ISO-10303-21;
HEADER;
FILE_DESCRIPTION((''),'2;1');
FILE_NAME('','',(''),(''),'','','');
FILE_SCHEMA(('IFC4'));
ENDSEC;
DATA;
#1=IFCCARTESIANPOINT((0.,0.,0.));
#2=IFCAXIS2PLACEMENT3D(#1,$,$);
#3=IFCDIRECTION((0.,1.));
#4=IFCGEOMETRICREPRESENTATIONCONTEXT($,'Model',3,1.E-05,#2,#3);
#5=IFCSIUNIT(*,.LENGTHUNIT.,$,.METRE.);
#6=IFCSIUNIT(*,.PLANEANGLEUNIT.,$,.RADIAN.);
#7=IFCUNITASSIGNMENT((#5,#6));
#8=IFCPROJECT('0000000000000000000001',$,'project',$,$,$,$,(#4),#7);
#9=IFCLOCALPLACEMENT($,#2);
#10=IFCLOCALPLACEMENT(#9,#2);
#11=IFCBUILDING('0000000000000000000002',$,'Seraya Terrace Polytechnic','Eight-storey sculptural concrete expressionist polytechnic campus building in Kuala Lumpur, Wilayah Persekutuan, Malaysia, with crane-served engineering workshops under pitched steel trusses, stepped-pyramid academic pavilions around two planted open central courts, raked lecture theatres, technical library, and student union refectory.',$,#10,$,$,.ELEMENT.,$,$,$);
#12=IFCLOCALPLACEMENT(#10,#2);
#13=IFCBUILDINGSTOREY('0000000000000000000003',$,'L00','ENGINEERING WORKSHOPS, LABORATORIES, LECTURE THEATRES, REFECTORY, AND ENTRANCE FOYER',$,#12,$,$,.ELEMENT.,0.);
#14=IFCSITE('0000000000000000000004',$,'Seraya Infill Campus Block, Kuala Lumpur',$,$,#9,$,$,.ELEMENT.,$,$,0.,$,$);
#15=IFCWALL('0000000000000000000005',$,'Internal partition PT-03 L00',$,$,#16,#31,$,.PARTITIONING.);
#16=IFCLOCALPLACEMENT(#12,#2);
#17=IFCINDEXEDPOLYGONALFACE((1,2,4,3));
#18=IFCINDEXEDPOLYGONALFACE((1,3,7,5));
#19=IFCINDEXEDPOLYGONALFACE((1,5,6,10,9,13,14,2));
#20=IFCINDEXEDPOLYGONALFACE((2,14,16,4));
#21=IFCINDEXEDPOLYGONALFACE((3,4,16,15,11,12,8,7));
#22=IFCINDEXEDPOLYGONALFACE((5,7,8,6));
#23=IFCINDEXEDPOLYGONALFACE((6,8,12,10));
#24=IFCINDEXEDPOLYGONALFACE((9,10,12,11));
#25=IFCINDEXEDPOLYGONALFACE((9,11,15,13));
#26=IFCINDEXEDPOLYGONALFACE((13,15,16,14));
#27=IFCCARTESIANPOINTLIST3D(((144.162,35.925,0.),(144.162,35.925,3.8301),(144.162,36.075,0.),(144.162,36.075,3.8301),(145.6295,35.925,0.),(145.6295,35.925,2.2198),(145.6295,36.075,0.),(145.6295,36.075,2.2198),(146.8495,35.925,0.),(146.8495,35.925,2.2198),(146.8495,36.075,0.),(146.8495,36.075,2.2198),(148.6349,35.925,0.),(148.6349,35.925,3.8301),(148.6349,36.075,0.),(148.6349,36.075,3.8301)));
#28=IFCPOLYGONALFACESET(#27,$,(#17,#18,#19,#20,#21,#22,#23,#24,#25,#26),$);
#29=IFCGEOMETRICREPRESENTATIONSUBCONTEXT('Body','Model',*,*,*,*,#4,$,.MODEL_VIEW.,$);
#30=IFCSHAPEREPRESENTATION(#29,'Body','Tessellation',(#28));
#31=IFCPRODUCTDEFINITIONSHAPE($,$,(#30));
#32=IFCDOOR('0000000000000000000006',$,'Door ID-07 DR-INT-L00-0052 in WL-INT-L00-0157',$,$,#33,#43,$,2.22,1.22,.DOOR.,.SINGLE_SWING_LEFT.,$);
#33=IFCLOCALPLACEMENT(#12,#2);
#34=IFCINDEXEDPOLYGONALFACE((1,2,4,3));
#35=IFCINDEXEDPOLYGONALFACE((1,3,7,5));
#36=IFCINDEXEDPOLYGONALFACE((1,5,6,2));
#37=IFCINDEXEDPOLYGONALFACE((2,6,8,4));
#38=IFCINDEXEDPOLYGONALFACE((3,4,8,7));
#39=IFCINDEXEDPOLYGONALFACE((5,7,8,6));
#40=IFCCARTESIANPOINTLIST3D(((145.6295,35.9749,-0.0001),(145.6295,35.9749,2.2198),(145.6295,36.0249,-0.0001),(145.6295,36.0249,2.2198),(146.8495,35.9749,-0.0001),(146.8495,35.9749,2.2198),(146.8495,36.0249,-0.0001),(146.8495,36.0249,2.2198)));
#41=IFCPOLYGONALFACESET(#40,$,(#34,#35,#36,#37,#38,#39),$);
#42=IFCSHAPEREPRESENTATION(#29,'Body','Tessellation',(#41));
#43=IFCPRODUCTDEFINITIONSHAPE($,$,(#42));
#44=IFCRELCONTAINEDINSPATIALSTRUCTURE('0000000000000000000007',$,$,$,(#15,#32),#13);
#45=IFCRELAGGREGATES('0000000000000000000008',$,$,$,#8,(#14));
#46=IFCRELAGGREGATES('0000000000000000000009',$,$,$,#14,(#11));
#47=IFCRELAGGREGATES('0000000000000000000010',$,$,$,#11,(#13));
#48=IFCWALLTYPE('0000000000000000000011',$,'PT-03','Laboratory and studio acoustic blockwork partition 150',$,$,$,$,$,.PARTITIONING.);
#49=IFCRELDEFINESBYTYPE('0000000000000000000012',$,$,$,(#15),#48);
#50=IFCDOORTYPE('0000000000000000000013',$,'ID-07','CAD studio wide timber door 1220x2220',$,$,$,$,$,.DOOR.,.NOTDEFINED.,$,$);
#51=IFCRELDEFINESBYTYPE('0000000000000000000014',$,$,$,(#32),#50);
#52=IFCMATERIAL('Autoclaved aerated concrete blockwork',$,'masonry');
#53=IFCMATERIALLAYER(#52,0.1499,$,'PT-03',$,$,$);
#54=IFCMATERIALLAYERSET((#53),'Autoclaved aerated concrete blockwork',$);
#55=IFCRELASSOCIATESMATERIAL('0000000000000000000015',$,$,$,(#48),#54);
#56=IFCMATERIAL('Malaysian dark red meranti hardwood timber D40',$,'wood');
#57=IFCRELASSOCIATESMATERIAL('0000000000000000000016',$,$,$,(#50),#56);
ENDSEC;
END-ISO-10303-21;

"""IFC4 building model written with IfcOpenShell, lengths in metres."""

from ifc_helpers import new_model, si_unit, direction, frame, frame_2d, origin, place, context, subcontext, project, spatial, rectangle, extrude, material, layer, layer_set, type_object, element, fill, save


model = new_model("IFC4")

# Units and contexts
model_context = context("Model", 3, precision=1e-05, world=origin(), true_north=direction((0.0, 1.0)))
body_context = subcontext(model_context, "Body", "Model", "MODEL_VIEW")
ifc_project = project(units=[si_unit("LENGTHUNIT", "METRE"), si_unit("PLANEANGLEUNIT", "RADIAN")], contexts=[model_context])

# Site, building, storey
site_placement = place(None, origin())
site = spatial("IfcSite", under=ifc_project, at=site_placement, Name="Seraya Infill Campus Block, Kuala Lumpur", CompositionType="ELEMENT", RefElevation=0.0)
building_placement = place(site_placement, origin())
building = spatial("IfcBuilding", under=site, at=building_placement, Name="Seraya Terrace Polytechnic", Description="Eight-storey sculptural concrete expressionist polytechnic campus building in Kuala Lumpur, Wilayah Persekutuan, Malaysia, with crane-served engineering workshops under pitched steel trusses, stepped-pyramid academic pavilions around two planted open central courts, raked lecture theatres, technical library, and student union refectory.", CompositionType="ELEMENT")
storey_placement = place(building_placement, origin())
storey = spatial("IfcBuildingStorey", under=building, at=storey_placement, Name="L00", Description="ENGINEERING WORKSHOPS, LABORATORIES, LECTURE THEATRES, REFECTORY, AND ENTRANCE FOYER", CompositionType="ELEMENT", Elevation=0.0)

# Shared definitions
ifc_material_1 = material(Name="Autoclaved aerated concrete blockwork", Category="masonry")

# Wall, opening, door
ifc_layer_1 = layer(ifc_material_1, 0.1499, Name="PT-03")
ifc_layer_set_1 = layer_set([ifc_layer_1], Name="Autoclaved aerated concrete blockwork")
wall_type_1 = type_object("IfcWallType", Name="PT-03", Description="Laboratory and studio acoustic blockwork partition 150", PredefinedType="PARTITIONING", material=ifc_layer_set_1)
wall_1_placement = place(storey_placement, frame((144.1621, 36.0, 0.0), z_axis=(0.0, 0.0, 1.0), x_axis=(1.0, 0.0, 0.0)))
wall_1 = element("IfcWall", 1, at=wall_1_placement, inside=storey, type_object=wall_type_1, Name="Internal partition PT-03 L00", PredefinedType="PARTITIONING", context=body_context, shape_type="SweptSolid", body=[
    extrude(rectangle(XDim=4.4729, YDim=0.1499, at=frame_2d((2.2363, 0.0))), origin(), (0.0, 0.0, 1.0), 3.8301),
])
opening_1_placement = place(wall_1_placement, frame((1.4675, 0.0, 0.0)))
opening_1 = element("IfcOpeningElement", 2, at=opening_1_placement, cuts=wall_1, PredefinedType="OPENING", context=body_context, shape_type="SweptSolid", body=[
    extrude(rectangle(XDim=1.22, YDim=2.22, at=frame_2d((0.6099, 1.1099))), frame((0.0, 0.0869, 0.0), z_axis=(0.0, -1.0, 0.0), x_axis=(1.0, 0.0, 0.0)), (0.0, 0.0, 1.0), 0.1738),
])
ifc_material_2 = material(Name="Malaysian dark red meranti hardwood timber D40", Category="wood")
door_type_1 = type_object("IfcDoorType", Name="ID-07", Description="CAD studio wide timber door 1220x2220", OperationType="NOTDEFINED", PredefinedType="DOOR", material=ifc_material_2)
door_1_placement = place(opening_1_placement, origin())
door_1 = element("IfcDoor", 3, at=door_1_placement, inside=storey, type_object=door_type_1, Name="Door ID-07 DR-INT-L00-0052 in WL-INT-L00-0157", OperationType="SINGLE_SWING_LEFT", OverallHeight=2.22, OverallWidth=1.22, PredefinedType="DOOR", context=body_context, shape_type="SweptSolid", body=[
    extrude(rectangle(XDim=1.22, YDim=2.22, at=frame_2d((0.6099, 1.1099))), frame((0.0, 0.0249, 0.0), z_axis=(0.0, -1.0, 0.0), x_axis=(1.0, 0.0, 0.0)), (0.0, 0.0, 1.0), 0.05),
])
fill(opening_1, door_1)

save(model, "model.ifc")
